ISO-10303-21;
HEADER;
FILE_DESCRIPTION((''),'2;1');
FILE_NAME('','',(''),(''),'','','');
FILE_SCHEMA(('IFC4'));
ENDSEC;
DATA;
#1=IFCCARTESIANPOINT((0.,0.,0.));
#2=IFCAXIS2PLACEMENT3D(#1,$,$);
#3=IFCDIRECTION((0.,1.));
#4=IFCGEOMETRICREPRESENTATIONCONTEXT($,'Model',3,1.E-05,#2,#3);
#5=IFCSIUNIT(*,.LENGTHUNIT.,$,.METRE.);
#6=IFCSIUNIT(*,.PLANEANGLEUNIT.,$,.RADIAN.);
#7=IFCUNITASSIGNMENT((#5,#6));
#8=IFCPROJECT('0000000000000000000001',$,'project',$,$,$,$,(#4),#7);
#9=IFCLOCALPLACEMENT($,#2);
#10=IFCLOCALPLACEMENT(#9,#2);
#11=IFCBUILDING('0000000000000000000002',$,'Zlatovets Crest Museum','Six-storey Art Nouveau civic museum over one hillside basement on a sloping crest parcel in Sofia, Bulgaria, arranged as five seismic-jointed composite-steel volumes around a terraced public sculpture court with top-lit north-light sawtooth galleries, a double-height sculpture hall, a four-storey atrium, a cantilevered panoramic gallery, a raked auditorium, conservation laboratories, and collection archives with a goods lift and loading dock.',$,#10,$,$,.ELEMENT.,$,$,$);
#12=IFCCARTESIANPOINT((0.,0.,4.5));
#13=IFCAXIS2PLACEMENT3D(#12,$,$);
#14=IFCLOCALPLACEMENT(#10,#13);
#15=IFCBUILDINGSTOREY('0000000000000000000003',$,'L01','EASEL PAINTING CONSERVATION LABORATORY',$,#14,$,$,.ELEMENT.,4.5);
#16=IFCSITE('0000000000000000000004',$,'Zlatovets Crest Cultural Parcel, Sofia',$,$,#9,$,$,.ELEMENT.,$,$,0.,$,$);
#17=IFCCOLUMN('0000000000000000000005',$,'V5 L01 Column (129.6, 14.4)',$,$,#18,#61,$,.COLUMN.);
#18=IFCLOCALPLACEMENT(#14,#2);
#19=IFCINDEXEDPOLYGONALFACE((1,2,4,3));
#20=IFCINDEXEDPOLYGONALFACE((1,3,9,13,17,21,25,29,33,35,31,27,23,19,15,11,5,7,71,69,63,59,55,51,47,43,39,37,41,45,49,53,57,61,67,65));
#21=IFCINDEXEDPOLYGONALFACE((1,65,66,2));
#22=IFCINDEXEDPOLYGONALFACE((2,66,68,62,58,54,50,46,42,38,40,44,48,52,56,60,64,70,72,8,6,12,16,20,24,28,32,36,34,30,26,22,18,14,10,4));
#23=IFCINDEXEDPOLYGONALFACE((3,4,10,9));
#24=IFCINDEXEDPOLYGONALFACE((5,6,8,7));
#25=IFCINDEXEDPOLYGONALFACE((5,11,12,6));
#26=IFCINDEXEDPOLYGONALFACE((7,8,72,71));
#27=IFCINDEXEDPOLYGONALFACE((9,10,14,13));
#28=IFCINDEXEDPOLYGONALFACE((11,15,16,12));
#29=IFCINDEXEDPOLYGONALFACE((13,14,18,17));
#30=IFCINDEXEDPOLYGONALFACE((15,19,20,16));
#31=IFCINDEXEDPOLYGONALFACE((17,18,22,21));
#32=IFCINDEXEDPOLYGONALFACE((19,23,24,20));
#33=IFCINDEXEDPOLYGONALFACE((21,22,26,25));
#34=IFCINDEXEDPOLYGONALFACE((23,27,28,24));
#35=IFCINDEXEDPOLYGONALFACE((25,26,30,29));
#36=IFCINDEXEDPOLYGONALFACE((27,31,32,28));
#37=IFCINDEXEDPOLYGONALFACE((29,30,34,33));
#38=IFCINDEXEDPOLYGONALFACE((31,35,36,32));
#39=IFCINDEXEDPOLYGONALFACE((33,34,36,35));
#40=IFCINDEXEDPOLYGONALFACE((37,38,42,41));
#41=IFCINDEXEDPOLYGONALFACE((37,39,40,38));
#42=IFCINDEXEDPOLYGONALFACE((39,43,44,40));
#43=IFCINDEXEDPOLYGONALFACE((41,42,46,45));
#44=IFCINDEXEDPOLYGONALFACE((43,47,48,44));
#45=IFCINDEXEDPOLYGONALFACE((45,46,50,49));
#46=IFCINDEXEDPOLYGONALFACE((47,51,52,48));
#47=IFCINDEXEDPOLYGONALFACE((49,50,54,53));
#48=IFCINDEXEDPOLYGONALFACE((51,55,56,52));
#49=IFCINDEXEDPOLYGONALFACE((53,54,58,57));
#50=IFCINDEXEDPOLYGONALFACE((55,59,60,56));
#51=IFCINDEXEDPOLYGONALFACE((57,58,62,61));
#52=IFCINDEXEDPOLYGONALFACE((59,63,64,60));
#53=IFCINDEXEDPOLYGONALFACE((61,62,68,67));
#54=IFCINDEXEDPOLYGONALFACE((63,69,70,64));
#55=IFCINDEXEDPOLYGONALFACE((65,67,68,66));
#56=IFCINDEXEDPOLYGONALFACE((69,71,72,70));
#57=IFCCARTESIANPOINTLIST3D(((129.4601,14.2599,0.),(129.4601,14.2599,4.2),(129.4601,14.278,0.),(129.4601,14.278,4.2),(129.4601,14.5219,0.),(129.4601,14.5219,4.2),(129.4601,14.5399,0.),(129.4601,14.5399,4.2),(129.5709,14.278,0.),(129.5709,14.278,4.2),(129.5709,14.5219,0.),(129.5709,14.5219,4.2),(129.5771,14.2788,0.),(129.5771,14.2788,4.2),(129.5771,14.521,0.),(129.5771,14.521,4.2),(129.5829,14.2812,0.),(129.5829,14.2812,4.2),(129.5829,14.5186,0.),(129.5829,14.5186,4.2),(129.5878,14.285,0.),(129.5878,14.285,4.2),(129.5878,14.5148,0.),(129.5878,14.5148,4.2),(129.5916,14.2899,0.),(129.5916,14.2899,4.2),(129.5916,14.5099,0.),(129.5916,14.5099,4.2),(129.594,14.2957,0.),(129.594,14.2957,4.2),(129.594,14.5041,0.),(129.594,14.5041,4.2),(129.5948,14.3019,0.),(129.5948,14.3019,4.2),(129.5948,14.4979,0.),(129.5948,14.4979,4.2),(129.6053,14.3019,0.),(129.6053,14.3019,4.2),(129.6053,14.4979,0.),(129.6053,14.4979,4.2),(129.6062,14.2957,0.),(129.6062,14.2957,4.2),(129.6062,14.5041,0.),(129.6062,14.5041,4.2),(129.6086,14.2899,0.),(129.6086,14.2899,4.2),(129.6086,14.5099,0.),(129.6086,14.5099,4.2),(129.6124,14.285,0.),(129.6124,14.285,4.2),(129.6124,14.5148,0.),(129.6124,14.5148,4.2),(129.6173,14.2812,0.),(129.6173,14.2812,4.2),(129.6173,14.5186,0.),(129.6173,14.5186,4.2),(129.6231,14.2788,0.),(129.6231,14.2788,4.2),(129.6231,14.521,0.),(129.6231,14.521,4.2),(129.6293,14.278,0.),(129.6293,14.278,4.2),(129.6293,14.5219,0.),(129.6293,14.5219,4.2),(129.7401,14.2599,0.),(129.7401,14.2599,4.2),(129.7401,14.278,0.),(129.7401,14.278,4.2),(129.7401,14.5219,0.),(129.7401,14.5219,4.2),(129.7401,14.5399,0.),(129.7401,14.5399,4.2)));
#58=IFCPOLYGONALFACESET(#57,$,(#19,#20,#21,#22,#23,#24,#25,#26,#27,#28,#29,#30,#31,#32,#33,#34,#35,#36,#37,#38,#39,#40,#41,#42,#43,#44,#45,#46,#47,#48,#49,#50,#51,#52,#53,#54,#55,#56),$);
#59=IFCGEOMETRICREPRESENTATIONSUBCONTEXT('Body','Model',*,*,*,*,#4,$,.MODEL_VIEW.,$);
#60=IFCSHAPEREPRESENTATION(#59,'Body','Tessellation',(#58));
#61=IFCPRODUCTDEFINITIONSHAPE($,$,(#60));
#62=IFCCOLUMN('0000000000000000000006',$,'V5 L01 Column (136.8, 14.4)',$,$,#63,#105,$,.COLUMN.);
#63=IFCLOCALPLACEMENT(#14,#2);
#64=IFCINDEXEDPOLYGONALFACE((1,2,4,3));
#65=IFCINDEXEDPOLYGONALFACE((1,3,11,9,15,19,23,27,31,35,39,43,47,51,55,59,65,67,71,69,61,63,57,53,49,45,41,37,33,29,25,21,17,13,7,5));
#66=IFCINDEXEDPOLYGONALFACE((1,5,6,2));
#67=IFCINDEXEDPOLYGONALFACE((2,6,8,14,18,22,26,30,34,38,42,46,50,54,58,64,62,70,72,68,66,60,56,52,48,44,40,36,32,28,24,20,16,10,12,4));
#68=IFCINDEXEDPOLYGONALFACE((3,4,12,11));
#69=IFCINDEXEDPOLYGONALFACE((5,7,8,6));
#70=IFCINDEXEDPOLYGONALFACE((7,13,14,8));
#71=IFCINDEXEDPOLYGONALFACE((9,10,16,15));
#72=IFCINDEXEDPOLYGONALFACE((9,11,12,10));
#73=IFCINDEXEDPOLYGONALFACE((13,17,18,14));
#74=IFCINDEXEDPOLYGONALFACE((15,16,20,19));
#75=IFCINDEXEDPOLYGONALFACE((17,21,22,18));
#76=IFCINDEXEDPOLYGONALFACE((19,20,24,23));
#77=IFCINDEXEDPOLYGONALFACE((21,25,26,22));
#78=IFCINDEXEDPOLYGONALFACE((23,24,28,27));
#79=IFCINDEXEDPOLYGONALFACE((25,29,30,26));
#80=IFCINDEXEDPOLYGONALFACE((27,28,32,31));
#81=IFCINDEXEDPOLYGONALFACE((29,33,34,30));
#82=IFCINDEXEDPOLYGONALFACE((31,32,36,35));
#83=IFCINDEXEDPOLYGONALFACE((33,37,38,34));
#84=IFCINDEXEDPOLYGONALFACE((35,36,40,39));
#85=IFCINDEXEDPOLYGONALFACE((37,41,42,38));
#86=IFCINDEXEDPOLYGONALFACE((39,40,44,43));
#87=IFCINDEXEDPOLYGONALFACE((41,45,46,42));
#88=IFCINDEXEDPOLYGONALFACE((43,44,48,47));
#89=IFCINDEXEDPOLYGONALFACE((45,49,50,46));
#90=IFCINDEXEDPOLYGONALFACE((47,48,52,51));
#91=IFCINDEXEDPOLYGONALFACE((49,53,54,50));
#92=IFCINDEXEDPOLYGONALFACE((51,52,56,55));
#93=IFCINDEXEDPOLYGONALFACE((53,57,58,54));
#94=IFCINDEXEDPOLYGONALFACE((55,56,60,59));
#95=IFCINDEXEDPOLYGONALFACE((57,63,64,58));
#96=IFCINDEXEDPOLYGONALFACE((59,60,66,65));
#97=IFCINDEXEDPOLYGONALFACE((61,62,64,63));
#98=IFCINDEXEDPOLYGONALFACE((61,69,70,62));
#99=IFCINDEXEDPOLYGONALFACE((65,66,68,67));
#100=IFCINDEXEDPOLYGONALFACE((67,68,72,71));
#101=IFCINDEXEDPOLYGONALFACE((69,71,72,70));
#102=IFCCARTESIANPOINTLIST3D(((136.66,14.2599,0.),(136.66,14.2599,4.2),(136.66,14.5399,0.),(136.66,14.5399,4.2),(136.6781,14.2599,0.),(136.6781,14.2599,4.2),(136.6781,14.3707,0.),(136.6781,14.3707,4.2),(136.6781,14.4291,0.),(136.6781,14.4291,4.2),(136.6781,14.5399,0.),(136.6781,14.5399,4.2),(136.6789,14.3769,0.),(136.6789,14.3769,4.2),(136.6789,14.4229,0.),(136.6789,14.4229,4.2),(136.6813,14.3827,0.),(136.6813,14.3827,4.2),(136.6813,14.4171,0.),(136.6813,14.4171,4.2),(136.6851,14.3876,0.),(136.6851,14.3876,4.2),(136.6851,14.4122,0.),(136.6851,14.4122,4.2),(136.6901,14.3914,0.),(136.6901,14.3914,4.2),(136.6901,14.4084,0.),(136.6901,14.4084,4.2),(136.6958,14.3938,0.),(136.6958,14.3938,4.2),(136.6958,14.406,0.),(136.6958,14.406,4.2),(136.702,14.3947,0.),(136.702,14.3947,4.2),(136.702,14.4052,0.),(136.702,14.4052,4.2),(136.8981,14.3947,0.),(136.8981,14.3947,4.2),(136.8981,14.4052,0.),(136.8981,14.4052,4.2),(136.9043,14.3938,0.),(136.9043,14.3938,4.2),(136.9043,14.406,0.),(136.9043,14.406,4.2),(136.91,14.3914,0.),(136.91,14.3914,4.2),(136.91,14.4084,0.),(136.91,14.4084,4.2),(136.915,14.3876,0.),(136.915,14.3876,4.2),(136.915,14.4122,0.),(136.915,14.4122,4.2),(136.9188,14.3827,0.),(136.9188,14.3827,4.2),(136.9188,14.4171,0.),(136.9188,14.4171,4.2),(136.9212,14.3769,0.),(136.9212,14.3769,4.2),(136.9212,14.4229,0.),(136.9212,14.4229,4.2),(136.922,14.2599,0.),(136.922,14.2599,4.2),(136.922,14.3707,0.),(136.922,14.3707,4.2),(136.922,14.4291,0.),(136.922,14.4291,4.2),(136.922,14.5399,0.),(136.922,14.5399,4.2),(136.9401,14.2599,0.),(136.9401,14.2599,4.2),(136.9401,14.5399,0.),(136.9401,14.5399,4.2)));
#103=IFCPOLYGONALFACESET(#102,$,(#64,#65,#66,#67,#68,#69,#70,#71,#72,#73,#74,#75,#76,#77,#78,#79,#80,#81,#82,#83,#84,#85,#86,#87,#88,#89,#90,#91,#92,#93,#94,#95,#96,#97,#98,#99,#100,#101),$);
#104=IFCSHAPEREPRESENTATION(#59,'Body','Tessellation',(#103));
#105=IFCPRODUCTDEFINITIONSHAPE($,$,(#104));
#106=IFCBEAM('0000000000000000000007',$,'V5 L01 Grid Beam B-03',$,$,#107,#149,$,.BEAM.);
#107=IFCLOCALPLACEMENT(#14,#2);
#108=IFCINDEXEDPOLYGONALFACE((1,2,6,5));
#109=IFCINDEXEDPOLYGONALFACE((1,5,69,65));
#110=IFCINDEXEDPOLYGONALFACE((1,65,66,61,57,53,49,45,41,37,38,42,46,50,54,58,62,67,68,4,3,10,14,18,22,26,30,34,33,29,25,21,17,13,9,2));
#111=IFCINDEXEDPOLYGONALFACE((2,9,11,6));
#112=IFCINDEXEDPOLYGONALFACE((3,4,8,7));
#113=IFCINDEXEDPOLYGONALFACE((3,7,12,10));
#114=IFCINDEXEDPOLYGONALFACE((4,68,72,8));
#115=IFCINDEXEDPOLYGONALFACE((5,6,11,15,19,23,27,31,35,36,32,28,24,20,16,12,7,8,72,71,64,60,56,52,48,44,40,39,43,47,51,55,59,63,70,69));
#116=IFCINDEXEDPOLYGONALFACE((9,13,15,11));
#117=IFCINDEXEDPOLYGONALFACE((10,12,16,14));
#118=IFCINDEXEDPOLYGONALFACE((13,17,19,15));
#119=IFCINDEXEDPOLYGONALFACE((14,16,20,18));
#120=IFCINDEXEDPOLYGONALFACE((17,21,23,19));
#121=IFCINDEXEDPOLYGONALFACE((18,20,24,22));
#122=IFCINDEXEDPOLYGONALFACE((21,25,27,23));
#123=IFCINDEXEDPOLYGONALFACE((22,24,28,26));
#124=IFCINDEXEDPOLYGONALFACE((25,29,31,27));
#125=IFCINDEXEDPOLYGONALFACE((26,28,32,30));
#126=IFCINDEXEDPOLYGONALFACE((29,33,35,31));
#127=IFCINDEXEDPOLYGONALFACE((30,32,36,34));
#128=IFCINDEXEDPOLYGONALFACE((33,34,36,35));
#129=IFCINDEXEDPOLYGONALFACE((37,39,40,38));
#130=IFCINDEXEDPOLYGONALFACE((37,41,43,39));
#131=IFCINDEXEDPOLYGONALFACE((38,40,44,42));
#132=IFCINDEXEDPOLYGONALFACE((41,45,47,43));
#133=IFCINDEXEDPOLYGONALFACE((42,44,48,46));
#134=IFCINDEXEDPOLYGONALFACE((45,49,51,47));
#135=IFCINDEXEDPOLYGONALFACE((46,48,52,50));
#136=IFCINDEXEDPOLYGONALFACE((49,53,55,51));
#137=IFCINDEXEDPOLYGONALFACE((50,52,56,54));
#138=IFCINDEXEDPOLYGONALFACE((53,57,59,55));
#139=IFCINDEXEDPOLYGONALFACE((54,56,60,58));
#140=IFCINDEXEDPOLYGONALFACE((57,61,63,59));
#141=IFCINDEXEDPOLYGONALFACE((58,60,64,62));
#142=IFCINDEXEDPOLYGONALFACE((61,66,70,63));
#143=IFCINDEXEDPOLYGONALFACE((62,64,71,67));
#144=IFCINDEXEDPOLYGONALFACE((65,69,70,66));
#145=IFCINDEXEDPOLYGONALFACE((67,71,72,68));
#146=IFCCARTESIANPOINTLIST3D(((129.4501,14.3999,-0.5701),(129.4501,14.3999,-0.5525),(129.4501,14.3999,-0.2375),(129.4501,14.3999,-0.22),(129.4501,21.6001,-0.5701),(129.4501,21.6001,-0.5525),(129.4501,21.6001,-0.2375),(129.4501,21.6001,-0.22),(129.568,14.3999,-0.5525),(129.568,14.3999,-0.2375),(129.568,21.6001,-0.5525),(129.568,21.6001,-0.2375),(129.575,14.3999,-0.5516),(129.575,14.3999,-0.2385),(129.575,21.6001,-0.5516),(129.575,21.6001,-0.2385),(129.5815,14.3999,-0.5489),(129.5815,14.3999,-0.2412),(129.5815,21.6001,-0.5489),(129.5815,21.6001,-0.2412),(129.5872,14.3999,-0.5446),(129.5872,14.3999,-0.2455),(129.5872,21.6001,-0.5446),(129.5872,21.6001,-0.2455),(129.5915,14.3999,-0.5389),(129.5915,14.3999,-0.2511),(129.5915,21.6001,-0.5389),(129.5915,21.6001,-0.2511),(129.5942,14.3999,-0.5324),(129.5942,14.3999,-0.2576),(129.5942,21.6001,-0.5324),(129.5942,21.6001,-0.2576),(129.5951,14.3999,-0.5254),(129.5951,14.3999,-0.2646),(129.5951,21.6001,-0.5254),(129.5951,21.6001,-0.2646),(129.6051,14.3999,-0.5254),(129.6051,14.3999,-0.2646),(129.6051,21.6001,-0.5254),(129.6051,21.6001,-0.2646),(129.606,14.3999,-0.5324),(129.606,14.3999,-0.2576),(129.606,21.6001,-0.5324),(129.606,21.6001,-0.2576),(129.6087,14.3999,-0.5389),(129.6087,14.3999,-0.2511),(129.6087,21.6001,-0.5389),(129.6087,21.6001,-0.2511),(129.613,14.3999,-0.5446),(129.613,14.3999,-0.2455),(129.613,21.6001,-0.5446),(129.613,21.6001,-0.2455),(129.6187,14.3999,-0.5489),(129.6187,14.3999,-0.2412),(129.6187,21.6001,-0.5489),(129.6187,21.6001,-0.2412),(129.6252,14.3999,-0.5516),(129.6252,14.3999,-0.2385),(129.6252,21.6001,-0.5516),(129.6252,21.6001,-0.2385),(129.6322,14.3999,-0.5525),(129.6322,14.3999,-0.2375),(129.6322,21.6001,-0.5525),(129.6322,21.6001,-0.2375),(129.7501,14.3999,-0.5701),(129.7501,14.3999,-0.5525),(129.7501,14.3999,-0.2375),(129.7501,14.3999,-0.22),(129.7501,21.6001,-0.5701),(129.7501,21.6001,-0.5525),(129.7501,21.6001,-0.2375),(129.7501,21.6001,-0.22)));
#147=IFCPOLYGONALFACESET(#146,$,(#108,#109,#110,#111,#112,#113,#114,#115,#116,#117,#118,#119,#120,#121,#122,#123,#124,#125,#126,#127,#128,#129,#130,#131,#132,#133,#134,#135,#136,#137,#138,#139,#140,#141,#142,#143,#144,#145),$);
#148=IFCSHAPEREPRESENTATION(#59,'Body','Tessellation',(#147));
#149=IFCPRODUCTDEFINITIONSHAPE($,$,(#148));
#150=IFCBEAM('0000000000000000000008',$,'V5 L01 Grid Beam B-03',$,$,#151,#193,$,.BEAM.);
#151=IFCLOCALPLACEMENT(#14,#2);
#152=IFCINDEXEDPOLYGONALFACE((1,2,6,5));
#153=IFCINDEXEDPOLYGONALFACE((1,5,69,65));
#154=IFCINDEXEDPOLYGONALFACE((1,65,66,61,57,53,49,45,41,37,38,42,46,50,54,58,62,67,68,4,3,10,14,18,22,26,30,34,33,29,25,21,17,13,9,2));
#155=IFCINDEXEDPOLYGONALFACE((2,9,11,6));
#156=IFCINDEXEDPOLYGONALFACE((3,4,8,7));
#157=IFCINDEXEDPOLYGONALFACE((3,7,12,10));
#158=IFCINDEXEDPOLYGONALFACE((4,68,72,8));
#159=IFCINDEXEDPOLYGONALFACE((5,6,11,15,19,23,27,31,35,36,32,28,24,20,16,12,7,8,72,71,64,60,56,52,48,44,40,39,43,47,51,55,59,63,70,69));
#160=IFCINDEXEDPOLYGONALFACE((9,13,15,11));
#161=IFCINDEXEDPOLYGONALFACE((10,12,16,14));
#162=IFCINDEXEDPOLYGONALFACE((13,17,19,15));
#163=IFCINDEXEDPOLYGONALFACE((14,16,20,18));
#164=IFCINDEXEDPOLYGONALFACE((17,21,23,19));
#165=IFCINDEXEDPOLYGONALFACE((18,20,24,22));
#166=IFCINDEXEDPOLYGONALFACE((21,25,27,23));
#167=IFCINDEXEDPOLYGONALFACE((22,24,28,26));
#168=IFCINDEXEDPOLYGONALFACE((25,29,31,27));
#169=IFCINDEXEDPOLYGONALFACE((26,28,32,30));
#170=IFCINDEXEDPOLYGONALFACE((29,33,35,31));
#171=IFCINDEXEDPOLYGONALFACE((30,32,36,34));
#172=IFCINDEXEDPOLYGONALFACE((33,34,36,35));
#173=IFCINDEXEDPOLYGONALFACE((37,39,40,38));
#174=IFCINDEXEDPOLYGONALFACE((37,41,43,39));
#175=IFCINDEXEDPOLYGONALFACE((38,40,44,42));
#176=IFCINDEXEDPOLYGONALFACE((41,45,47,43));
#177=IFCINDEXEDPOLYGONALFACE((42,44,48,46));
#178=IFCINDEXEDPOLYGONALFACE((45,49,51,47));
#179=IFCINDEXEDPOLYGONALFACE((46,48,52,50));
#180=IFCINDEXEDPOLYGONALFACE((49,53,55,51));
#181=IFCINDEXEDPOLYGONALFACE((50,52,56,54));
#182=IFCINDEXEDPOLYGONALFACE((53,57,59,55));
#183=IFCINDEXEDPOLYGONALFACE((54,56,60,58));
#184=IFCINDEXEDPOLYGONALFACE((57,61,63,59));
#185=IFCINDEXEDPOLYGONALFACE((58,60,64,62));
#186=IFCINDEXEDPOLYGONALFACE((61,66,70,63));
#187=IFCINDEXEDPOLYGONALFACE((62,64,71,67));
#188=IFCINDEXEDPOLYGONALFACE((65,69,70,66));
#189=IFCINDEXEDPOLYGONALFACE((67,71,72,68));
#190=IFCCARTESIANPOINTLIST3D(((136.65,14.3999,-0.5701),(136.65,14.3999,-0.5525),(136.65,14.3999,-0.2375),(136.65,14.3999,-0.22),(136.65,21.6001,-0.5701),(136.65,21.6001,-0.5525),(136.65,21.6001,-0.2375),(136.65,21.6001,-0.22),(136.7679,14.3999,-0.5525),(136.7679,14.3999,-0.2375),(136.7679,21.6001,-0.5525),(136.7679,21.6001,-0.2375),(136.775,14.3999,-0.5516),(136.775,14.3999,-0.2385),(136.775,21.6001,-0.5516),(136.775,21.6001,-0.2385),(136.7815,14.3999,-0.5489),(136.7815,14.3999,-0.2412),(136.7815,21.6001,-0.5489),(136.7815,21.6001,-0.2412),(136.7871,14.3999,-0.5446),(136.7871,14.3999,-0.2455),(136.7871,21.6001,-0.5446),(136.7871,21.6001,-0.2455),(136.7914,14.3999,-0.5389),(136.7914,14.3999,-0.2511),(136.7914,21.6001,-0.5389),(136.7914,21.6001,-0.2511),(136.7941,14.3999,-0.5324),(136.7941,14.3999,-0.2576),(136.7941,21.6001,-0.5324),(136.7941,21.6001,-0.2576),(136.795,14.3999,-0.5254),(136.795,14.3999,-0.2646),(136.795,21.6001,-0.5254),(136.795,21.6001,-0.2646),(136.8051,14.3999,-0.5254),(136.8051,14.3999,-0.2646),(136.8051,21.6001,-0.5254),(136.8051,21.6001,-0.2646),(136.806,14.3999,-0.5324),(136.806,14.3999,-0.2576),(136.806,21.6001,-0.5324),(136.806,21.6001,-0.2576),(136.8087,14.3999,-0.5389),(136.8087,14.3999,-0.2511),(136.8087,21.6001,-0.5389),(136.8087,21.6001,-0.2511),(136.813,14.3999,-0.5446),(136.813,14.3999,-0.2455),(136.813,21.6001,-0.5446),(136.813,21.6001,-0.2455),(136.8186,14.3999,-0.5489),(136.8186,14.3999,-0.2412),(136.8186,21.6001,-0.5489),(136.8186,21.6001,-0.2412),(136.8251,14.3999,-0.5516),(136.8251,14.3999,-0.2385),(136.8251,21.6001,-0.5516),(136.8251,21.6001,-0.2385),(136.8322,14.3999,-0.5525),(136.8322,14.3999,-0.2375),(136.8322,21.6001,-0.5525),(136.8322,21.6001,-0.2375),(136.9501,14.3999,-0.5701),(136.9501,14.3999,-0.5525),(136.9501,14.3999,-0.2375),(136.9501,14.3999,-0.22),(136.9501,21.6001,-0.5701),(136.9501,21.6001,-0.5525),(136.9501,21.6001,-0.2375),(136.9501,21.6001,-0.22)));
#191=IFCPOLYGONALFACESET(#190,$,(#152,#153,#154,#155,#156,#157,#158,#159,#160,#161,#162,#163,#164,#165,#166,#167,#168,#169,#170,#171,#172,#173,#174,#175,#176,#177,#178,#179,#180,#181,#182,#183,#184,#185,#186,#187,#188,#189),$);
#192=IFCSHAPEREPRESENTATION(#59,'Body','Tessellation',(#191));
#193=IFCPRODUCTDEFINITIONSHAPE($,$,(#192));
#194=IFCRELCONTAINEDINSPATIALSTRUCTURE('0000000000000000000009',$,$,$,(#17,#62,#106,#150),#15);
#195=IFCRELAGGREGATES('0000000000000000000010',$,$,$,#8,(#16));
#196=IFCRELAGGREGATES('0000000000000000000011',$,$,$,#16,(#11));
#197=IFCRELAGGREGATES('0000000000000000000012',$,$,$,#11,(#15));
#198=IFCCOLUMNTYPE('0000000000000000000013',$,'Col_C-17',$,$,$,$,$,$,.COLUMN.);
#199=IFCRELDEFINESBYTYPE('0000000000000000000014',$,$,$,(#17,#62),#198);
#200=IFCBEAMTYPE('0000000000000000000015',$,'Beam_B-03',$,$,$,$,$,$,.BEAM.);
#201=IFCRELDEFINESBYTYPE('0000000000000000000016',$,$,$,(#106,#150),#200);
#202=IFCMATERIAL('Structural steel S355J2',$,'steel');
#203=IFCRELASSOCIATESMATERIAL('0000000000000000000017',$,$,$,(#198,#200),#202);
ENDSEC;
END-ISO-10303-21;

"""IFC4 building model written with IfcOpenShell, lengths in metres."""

from ifc_helpers import new_model, si_unit, direction, frame, origin, origin_2d, place, context, subcontext, project, spatial, i_section, extrude, material, material_profile, profile_set, type_object, element, save


model = new_model("IFC4")

# Units and contexts
model_context = context("Model", 3, precision=1e-05, world=origin(), true_north=direction((0.0, 1.0)))
body_context = subcontext(model_context, "Body", "Model", "MODEL_VIEW")
ifc_project = project(units=[si_unit("LENGTHUNIT", "METRE"), si_unit("PLANEANGLEUNIT", "RADIAN")], contexts=[model_context])

# Site, building, storey
site_placement = place(None, origin())
site = spatial("IfcSite", under=ifc_project, at=site_placement, Name="Zlatovets Crest Cultural Parcel, Sofia", CompositionType="ELEMENT", RefElevation=0.0)
building_placement = place(site_placement, origin())
building = spatial("IfcBuilding", under=site, at=building_placement, Name="Zlatovets Crest Museum", Description="Six-storey Art Nouveau civic museum over one hillside basement on a sloping crest parcel in Sofia, Bulgaria, arranged as five seismic-jointed composite-steel volumes around a terraced public sculpture court with top-lit north-light sawtooth galleries, a double-height sculpture hall, a four-storey atrium, a cantilevered panoramic gallery, a raked auditorium, conservation laboratories, and collection archives with a goods lift and loading dock.", CompositionType="ELEMENT")
storey_placement = place(building_placement, frame((0.0, 0.0, 4.5)))
storey = spatial("IfcBuildingStorey", under=building, at=storey_placement, Name="L01", Description="EASEL PAINTING CONSERVATION LABORATORY", CompositionType="ELEMENT", Elevation=4.5)

# Columns
ifc_material_1 = material(Name="Structural steel S355J2", Category="steel")
ifc_material_profile_1 = material_profile(ifc_material_1, i_section(OverallWidth=0.28, OverallDepth=0.28, WebThickness=0.0105, FlangeThickness=0.0181, FilletRadius=0.0239, at=origin_2d()), Name="HEB 280")
ifc_profile_set_1 = profile_set([ifc_material_profile_1], Name="Structural steel S355J2")
column_type = type_object("IfcColumnType", Name="Col_C-17", PredefinedType="COLUMN", material=ifc_profile_set_1)
for number, where, z_axis, x_axis, name in (
    (1, (129.6001, 14.3999, 0.0), (0.0, 0.0, 1.0), (1.0, 0.0, 0.0), "V5 L01 Column (129.6, 14.4)"),
    (2, (136.8, 14.3999, 0.0), (0.0, 0.0, 1.0), (0.0, 1.0, 0.0), "V5 L01 Column (136.8, 14.4)"),
):
    element("IfcColumn", number, at=place(storey_placement, frame(where, z_axis=z_axis, x_axis=x_axis)), inside=storey, type_object=column_type, Name=name, PredefinedType="COLUMN", context=body_context, shape_type="SweptSolid", body=[
        extrude(i_section(OverallWidth=0.28, OverallDepth=0.28, WebThickness=0.0105, FlangeThickness=0.0181, FilletRadius=0.0239, at=origin_2d()), origin(), (0.0, 0.0, 1.0), 4.2),
    ])

# Beams
ifc_material_profile_2 = material_profile(ifc_material_1, i_section(OverallWidth=0.3, OverallDepth=0.3501, WebThickness=0.01, FlangeThickness=0.0176, FilletRadius=0.0271, at=origin_2d()), Name="HEA 360")
ifc_profile_set_2 = profile_set([ifc_material_profile_2], Name="Structural steel S355J2")
beam_type_1 = type_object("IfcBeamType", Name="Beam_B-03", PredefinedType="BEAM", material=ifc_profile_set_2)
for number, where, z_axis, x_axis, name in (
    (3, (129.6001, 14.3999, -0.395), (0.0, 1.0, 0.0), (-1.0, 0.0, 0.0), "V5 L01 Grid Beam B-03"),
    (4, (136.8, 14.3999, -0.395), (0.0, 1.0, 0.0), (-1.0, 0.0, 0.0), "V5 L01 Grid Beam B-03"),
):
    element("IfcBeam", number, at=place(storey_placement, frame(where, z_axis=z_axis, x_axis=x_axis)), inside=storey, type_object=beam_type_1, Name=name, PredefinedType="BEAM", context=body_context, shape_type="SweptSolid", body=[
        extrude(i_section(OverallWidth=0.3, OverallDepth=0.3501, WebThickness=0.01, FlangeThickness=0.0176, FilletRadius=0.0271, at=origin_2d()), origin(), (0.0, 0.0, 1.0), 7.2002),
    ])

save(model, "model.ifc")
